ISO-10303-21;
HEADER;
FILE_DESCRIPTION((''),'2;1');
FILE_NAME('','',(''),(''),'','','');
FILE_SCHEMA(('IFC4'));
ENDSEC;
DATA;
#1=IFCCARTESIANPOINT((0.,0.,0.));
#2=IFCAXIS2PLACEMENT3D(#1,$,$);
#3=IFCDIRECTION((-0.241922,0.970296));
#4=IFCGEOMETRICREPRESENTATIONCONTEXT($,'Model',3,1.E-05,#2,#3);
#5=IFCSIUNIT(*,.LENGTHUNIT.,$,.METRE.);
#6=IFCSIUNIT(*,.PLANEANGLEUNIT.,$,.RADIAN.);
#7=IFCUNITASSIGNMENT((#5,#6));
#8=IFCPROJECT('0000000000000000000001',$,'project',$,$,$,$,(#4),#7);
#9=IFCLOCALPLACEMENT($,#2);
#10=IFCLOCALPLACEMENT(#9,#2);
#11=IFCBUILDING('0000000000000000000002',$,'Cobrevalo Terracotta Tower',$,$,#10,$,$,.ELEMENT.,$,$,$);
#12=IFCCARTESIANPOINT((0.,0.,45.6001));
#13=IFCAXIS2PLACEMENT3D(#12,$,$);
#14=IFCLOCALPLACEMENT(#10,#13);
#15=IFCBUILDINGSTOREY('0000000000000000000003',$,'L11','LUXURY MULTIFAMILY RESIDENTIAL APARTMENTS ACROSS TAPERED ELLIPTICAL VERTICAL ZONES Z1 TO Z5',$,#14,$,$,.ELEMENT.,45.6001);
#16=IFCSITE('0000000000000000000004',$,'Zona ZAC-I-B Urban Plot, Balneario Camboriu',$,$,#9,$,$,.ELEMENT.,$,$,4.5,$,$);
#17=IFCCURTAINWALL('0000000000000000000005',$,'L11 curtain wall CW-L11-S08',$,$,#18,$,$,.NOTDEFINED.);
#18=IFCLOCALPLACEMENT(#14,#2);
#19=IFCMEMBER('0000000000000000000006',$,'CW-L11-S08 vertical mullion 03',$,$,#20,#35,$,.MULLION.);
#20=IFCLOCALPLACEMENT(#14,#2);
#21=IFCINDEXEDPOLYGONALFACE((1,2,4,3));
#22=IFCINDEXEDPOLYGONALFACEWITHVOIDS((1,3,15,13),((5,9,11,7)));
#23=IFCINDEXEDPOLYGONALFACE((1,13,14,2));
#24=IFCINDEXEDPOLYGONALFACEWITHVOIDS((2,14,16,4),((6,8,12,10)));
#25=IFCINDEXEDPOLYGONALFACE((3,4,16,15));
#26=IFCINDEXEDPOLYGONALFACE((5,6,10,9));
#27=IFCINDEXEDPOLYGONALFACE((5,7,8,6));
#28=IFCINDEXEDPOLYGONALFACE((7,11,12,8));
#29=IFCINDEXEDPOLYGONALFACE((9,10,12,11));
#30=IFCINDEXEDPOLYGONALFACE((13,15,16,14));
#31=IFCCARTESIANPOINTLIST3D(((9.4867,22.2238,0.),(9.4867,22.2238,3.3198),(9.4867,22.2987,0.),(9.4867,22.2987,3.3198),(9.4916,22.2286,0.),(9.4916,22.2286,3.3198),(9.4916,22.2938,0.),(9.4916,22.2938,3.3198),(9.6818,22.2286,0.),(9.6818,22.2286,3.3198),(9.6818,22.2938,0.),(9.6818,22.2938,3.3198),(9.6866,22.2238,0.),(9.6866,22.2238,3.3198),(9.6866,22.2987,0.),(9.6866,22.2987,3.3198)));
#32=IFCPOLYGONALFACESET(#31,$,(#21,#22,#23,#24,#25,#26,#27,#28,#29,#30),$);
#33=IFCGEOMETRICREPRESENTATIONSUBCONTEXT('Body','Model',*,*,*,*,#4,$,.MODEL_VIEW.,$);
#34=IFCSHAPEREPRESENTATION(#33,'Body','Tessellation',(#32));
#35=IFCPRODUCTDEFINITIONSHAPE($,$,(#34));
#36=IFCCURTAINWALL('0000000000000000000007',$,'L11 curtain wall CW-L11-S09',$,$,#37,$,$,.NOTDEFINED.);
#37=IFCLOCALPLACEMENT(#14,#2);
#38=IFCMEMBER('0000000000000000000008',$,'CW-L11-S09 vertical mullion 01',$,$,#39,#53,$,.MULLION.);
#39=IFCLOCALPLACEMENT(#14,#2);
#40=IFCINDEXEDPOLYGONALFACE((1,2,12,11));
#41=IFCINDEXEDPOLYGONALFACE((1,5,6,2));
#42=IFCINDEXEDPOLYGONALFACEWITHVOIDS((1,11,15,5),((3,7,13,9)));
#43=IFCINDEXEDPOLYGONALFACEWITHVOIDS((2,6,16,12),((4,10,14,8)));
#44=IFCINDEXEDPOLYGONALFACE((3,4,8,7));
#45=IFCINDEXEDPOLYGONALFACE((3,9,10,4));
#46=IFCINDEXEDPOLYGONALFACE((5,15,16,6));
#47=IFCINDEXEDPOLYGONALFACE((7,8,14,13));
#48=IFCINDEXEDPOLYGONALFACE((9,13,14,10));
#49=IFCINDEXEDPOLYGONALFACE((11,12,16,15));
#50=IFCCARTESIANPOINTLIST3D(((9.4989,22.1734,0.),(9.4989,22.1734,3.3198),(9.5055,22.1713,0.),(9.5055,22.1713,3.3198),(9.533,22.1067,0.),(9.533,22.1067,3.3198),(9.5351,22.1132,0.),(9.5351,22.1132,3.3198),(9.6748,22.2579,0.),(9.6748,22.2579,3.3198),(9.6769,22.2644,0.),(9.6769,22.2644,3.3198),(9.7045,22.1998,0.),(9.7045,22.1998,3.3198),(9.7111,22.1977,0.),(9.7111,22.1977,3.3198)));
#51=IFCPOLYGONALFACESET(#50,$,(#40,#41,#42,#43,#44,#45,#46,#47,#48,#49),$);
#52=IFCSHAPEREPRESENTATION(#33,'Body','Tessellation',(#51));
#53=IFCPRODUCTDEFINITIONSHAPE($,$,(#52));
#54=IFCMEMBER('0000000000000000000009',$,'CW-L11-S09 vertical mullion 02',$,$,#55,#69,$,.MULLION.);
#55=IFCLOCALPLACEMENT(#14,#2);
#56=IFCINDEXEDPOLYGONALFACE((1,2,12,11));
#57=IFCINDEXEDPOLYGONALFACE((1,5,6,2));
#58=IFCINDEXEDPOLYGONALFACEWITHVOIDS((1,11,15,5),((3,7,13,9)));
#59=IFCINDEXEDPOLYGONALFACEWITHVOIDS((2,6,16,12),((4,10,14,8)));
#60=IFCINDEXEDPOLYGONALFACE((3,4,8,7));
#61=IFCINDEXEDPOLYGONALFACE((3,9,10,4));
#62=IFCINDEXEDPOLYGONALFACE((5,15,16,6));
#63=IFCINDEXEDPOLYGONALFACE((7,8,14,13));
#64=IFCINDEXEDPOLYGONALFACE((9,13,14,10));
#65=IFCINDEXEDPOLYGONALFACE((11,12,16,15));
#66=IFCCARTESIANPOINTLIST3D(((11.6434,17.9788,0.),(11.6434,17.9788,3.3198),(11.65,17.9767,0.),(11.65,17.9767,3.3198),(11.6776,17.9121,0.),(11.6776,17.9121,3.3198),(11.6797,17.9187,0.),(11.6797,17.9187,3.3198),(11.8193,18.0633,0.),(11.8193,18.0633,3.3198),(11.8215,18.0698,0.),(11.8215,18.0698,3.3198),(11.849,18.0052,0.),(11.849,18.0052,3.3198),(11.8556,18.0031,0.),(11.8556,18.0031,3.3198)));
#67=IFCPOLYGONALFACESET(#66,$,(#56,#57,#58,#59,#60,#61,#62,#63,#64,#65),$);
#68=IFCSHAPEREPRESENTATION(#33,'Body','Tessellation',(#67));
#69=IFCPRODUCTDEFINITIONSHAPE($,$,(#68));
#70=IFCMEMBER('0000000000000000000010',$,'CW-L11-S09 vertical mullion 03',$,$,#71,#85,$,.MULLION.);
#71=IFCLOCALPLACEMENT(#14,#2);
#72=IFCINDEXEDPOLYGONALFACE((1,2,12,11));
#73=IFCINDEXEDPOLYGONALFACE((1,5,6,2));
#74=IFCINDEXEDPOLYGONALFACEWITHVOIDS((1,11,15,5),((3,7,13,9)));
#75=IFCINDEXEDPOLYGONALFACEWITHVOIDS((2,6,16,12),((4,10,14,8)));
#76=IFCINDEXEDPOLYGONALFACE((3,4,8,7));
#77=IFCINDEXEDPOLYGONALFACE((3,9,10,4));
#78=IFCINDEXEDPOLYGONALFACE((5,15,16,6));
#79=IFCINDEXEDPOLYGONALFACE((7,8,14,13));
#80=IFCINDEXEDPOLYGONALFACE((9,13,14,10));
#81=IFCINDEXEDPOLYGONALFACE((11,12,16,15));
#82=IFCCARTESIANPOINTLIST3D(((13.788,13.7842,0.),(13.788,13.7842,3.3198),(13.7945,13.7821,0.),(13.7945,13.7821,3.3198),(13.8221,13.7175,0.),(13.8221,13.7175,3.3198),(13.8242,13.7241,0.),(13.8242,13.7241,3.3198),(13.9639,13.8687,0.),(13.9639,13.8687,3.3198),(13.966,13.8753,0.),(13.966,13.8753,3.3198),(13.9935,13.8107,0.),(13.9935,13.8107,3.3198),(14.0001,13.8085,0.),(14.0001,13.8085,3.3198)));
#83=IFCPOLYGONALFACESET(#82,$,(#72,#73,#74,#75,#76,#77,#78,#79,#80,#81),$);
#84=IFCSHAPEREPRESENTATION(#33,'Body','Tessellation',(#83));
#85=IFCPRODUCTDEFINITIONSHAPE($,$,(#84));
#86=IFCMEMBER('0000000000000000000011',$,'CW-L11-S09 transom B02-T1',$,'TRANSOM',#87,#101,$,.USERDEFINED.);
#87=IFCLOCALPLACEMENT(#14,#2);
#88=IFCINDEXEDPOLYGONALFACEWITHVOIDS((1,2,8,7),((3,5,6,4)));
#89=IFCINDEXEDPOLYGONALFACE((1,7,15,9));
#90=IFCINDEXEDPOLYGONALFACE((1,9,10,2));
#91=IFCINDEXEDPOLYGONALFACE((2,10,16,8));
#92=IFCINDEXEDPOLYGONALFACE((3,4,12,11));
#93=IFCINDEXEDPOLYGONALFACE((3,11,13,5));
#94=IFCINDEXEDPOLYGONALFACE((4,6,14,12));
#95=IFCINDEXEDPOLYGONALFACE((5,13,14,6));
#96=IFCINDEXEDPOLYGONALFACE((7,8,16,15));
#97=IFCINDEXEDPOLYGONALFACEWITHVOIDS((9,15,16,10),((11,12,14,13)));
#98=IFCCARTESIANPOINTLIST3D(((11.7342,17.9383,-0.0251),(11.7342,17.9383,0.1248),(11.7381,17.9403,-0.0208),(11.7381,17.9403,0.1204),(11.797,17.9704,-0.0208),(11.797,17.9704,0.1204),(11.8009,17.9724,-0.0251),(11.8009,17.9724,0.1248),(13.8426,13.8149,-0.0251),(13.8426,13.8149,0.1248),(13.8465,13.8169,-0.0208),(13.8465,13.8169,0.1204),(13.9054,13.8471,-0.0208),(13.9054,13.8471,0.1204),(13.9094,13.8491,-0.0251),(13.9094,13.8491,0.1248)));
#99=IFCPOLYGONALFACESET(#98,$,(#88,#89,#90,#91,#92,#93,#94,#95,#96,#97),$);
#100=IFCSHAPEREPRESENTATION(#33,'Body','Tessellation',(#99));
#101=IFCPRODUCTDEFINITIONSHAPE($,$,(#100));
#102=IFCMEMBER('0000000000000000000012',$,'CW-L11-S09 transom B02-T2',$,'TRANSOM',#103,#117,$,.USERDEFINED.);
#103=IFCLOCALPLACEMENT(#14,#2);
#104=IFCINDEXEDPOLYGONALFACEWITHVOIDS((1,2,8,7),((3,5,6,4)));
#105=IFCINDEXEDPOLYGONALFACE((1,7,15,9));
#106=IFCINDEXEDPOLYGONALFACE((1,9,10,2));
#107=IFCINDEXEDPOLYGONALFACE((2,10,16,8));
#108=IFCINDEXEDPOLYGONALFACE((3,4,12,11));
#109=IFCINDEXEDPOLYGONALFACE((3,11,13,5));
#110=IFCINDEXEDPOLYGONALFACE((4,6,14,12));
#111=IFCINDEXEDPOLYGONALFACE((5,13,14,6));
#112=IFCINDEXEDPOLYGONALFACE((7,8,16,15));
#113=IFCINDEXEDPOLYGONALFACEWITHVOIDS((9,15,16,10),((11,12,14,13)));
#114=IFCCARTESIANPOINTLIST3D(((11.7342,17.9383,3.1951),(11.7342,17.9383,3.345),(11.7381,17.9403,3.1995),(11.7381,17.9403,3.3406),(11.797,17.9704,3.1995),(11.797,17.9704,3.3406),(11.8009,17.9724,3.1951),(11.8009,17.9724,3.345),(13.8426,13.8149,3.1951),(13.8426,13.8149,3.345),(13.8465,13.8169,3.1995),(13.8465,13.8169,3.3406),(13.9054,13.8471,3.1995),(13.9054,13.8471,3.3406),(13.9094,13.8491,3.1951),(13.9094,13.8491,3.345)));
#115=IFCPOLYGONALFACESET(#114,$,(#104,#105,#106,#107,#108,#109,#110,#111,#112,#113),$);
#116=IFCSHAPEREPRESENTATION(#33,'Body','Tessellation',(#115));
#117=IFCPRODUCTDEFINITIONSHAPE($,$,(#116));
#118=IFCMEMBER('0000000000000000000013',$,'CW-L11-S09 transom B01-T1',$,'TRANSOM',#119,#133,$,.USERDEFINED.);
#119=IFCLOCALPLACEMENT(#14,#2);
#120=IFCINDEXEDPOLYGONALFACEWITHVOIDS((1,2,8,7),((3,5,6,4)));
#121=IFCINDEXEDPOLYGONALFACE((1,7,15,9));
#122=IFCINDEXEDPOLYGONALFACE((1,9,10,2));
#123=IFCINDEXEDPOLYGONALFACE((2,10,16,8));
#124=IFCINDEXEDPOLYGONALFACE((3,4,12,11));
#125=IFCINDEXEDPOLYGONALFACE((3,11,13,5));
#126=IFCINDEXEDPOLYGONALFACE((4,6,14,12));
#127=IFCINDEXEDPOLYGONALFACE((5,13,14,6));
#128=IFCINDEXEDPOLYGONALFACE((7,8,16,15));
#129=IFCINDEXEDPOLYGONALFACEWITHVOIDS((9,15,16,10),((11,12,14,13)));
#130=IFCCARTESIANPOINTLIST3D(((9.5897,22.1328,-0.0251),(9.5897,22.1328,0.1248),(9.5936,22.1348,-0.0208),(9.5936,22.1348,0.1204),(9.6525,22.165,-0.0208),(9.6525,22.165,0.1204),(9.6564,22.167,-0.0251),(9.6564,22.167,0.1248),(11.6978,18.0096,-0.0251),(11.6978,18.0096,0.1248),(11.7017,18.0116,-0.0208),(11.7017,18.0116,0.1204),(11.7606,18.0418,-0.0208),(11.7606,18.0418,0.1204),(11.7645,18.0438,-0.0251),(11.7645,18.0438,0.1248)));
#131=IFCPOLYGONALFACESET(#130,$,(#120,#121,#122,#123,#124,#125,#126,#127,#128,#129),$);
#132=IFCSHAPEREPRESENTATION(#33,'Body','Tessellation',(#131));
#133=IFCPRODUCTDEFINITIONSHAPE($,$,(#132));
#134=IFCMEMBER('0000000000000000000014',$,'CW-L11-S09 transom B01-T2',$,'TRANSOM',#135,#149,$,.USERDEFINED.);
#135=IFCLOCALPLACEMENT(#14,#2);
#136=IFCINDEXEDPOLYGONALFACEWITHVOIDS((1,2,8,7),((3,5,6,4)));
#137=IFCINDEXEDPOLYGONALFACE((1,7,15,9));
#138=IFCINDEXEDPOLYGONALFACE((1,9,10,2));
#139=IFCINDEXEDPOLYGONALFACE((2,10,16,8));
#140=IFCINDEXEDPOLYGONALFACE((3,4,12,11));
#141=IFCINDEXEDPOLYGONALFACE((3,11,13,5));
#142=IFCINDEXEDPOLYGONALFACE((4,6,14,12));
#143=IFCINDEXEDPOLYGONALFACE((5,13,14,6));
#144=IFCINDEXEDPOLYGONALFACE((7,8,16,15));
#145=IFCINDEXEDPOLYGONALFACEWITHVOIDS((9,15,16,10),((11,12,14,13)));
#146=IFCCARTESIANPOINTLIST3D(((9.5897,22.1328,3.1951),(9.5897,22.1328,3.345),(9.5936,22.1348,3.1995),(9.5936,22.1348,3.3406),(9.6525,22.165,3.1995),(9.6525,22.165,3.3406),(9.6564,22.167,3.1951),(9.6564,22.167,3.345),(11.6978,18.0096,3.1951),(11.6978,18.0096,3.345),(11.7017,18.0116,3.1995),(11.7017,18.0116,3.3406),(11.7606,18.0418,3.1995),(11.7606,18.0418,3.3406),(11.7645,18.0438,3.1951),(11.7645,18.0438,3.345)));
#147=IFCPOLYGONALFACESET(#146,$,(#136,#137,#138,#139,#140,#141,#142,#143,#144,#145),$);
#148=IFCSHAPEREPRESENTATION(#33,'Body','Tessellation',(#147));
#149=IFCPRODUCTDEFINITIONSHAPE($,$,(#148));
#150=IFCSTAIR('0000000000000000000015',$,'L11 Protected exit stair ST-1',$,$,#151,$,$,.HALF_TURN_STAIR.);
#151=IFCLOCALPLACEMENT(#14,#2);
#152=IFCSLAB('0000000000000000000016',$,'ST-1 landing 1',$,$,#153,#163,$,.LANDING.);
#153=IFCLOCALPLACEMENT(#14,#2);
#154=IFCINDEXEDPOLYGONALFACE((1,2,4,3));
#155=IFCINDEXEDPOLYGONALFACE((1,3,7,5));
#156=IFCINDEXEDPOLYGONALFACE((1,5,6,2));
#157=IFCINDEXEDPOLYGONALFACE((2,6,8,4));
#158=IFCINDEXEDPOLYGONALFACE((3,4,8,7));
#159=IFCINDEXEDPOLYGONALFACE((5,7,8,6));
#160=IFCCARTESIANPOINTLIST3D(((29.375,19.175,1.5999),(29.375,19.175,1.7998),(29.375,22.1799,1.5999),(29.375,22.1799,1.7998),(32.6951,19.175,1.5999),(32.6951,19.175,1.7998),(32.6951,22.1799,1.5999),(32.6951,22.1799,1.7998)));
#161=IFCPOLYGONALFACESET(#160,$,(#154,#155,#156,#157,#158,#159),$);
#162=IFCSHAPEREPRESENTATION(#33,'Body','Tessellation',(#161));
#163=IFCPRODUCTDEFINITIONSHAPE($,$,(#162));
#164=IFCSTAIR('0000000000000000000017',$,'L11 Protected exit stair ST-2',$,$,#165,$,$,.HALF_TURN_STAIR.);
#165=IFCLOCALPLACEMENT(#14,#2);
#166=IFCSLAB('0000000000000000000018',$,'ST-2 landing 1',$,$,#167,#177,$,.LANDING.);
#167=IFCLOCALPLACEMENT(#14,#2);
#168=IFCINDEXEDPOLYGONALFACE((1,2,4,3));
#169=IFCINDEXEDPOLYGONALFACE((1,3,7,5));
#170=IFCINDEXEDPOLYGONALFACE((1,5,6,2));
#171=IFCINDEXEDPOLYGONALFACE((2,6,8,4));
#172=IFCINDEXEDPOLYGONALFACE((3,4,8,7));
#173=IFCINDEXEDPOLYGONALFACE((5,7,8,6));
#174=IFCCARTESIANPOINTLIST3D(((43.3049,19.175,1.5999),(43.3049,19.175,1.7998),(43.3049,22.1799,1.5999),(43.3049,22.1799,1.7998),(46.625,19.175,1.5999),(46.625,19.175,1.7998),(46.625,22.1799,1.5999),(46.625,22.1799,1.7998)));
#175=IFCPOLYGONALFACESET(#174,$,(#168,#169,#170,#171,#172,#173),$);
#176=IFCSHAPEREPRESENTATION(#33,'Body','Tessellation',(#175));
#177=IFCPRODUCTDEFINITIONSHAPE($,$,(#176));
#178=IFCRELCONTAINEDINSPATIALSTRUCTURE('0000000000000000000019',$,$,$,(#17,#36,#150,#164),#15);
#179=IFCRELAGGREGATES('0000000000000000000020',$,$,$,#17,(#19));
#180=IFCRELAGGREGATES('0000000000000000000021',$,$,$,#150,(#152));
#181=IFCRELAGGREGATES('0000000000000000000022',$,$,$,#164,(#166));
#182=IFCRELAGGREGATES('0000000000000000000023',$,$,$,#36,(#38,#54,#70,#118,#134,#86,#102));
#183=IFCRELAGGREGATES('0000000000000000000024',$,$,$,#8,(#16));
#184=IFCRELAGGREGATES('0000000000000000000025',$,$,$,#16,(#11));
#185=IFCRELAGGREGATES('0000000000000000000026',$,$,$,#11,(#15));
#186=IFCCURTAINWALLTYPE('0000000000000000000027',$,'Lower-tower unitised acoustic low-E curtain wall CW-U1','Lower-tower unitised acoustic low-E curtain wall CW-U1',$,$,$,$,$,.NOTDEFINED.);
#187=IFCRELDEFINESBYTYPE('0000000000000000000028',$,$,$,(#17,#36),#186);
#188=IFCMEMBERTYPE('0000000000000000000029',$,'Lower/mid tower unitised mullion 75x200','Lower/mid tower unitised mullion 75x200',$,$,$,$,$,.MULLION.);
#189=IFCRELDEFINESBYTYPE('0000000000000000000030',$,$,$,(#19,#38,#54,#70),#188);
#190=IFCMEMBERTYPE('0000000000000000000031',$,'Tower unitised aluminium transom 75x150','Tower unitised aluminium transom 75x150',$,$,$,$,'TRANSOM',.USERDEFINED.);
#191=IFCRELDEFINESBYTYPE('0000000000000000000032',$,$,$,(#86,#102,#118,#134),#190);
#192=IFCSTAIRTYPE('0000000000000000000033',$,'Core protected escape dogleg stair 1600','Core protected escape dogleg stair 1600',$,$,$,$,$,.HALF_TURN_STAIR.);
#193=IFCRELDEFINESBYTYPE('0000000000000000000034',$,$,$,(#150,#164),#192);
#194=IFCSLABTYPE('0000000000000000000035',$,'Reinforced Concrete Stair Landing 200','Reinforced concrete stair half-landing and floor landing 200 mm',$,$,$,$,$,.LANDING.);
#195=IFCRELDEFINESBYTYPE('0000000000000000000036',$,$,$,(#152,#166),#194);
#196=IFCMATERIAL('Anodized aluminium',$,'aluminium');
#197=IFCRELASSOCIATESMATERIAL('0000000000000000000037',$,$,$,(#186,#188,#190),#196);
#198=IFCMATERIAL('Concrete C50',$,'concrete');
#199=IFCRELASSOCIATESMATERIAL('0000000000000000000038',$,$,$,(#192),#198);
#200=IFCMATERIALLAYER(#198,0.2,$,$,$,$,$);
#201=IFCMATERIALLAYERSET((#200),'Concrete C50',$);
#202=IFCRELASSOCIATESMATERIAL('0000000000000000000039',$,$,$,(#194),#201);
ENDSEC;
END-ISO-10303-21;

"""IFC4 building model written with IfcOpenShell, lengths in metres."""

from ifc_helpers import new_model, si_unit, direction, frame, origin, origin_2d, place, context, subcontext, project, spatial, polyline, hollow_rectangle, outline, extrude, source, transform, mapped, material, layer, layer_set, material_profile, profile_set, type_object, element, aggregate, save


model = new_model("IFC4")

# Units and contexts
model_context = context("Model", 3, precision=1e-05, world=origin(), true_north=direction((-0.241922, 0.970296)))
body_context = subcontext(model_context, "Body", "Model", "MODEL_VIEW")
ifc_project = project(units=[si_unit("LENGTHUNIT", "METRE"), si_unit("PLANEANGLEUNIT", "RADIAN")], contexts=[model_context])

# Site, building, storey
site_placement = place(None, origin())
site = spatial("IfcSite", under=ifc_project, at=site_placement, Name="Zona ZAC-I-B Urban Plot, Balneario Camboriu", CompositionType="ELEMENT", RefElevation=4.5)
building_placement = place(site_placement, origin())
building = spatial("IfcBuilding", under=site, at=building_placement, Name="Cobrevalo Terracotta Tower", CompositionType="ELEMENT")
storey_placement = place(building_placement, frame((0.0, 0.0, 45.6001)))
storey = spatial("IfcBuildingStorey", under=building, at=storey_placement, Name="L11", Description="LUXURY MULTIFAMILY RESIDENTIAL APARTMENTS ACROSS TAPERED ELLIPTICAL VERTICAL ZONES Z1 TO Z5", CompositionType="ELEMENT", Elevation=45.6001)

# Curtain wall, member
ifc_material_1 = material(Name="Anodized aluminium", Category="aluminium")
curtain_wall_type = type_object("IfcCurtainWallType", Name="Lower-tower unitised acoustic low-E curtain wall CW-U1", Description="Lower-tower unitised acoustic low-E curtain wall CW-U1", PredefinedType="NOTDEFINED", material=ifc_material_1)
curtain_wall_1_placement = place(storey_placement, origin())
curtain_wall_1 = element("IfcCurtainWall", 1, at=curtain_wall_1_placement, inside=storey, type_object=curtain_wall_type, Name="L11 curtain wall CW-L11-S08", PredefinedType="NOTDEFINED")
ifc_material_profile_1 = material_profile(ifc_material_1, hollow_rectangle(XDim=0.075, YDim=0.2, WallThickness=0.0049, at=origin_2d()), Name="CWM 75x200")
ifc_profile_set_1 = profile_set([ifc_material_profile_1], Name="Anodized aluminium")
member_type_1 = type_object("IfcMemberType", Name="Lower/mid tower unitised mullion 75x200", Description="Lower/mid tower unitised mullion 75x200", PredefinedType="MULLION", material=ifc_profile_set_1)
shared_shape_1 = source(origin(), body_context, "Body", "SweptSolid", [
    extrude(hollow_rectangle(XDim=0.075, YDim=0.2, WallThickness=0.0049, at=origin_2d()), origin(), (0.0, 0.0, 1.0), 3.3198),
])
member_1_placement = place(storey_placement, frame((9.5867, 22.2612, 0.0), z_axis=(0.0, 0.0, 1.0), x_axis=(0.0, -1.0, 0.0)))
member_1 = element("IfcMember", 2, at=member_1_placement, type_object=member_type_1, Name="CW-L11-S08 vertical mullion 03", PredefinedType="MULLION", context=body_context, shape_type="MappedRepresentation", body=[
    mapped(shared_shape_1, transform((0.0, 0.0, 0.0), scale=1.0)),
])
aggregate(curtain_wall_1, [member_1])

# Curtain wall, members
curtain_wall_2_placement = place(storey_placement, origin())
curtain_wall_2 = element("IfcCurtainWall", 3, at=curtain_wall_2_placement, inside=storey, type_object=curtain_wall_type, Name="L11 curtain wall CW-L11-S09", PredefinedType="NOTDEFINED")
member_2_placement = place(storey_placement, frame((9.605, 22.1855, 0.0), z_axis=(0.0, 0.0, 1.0), x_axis=(0.455234, -0.890372, 0.0)))
member_2 = element("IfcMember", 4, at=member_2_placement, type_object=member_type_1, Name="CW-L11-S09 vertical mullion 01", PredefinedType="MULLION", context=body_context, shape_type="MappedRepresentation", body=[
    mapped(shared_shape_1, transform((0.0, 0.0, 0.0), scale=1.0)),
])
member_3_placement = place(storey_placement, frame((11.7495, 17.991, 0.0), z_axis=(0.0, 0.0, 1.0), x_axis=(0.455234, -0.890372, 0.0)))
member_3 = element("IfcMember", 5, at=member_3_placement, type_object=member_type_1, Name="CW-L11-S09 vertical mullion 02", PredefinedType="MULLION", context=body_context, shape_type="MappedRepresentation", body=[
    mapped(shared_shape_1, transform((0.0, 0.0, 0.0), scale=1.0)),
])
member_4_placement = place(storey_placement, frame((13.894, 13.7964, 0.0), z_axis=(0.0, 0.0, 1.0), x_axis=(0.455234, -0.890372, 0.0)))
member_4 = element("IfcMember", 6, at=member_4_placement, type_object=member_type_1, Name="CW-L11-S09 vertical mullion 03", PredefinedType="MULLION", context=body_context, shape_type="MappedRepresentation", body=[
    mapped(shared_shape_1, transform((0.0, 0.0, 0.0), scale=1.0)),
])
ifc_material_profile_2 = material_profile(ifc_material_1, hollow_rectangle(XDim=0.075, YDim=0.1499, WallThickness=0.0044, at=origin_2d()), Name="CWT 75x150")
ifc_profile_set_2 = profile_set([ifc_material_profile_2], Name="Anodized aluminium")
member_type_2 = type_object("IfcMemberType", Name="Tower unitised aluminium transom 75x150", Description="Tower unitised aluminium transom 75x150", ElementType="TRANSOM", PredefinedType="USERDEFINED", material=ifc_profile_set_2)
shared_shape_2 = source(origin(), body_context, "Body", "SweptSolid", [
    extrude(hollow_rectangle(XDim=0.075, YDim=0.1499, WallThickness=0.0044, at=origin_2d()), origin(), (0.0, 0.0, 1.0), 4.6311),
])
member_5_placement = place(storey_placement, frame((11.7676, 17.9553, 0.0498), z_axis=(0.455272, -0.890353, 0.0), x_axis=(0.890353, 0.455272, 0.0)))
member_5 = element("IfcMember", 7, at=member_5_placement, type_object=member_type_2, Name="CW-L11-S09 transom B02-T1", ObjectType="TRANSOM", PredefinedType="USERDEFINED", context=body_context, shape_type="MappedRepresentation", body=[
    mapped(shared_shape_2, transform((0.0, 0.0, 0.0), scale=1.0)),
])
member_6_placement = place(storey_placement, frame((11.7676, 17.9553, 3.27), z_axis=(0.455272, -0.890353, 0.0), x_axis=(0.890353, 0.455272, 0.0)))
member_6 = element("IfcMember", 8, at=member_6_placement, type_object=member_type_2, Name="CW-L11-S09 transom B02-T2", ObjectType="TRANSOM", PredefinedType="USERDEFINED", context=body_context, shape_type="MappedRepresentation", body=[
    mapped(shared_shape_2, transform((0.0, 0.0, 0.0), scale=1.0)),
])
shared_shape_3 = source(origin(), body_context, "Body", "SweptSolid", [
    extrude(hollow_rectangle(XDim=0.075, YDim=0.1499, WallThickness=0.0044, at=origin_2d()), origin(), (0.0, 0.0, 1.0), 4.6309),
])
member_7_placement = place(storey_placement, frame((9.623, 22.1499, 0.0498), z_axis=(0.45523, -0.890374, 0.0), x_axis=(0.890374, 0.45523, 0.0)))
member_7 = element("IfcMember", 9, at=member_7_placement, type_object=member_type_2, Name="CW-L11-S09 transom B01-T1", ObjectType="TRANSOM", PredefinedType="USERDEFINED", context=body_context, shape_type="MappedRepresentation", body=[
    mapped(shared_shape_3, transform((0.0, 0.0, 0.0), scale=1.0)),
])
member_8_placement = place(storey_placement, frame((9.623, 22.1499, 3.27), z_axis=(0.45523, -0.890374, 0.0), x_axis=(0.890374, 0.45523, 0.0)))
member_8 = element("IfcMember", 10, at=member_8_placement, type_object=member_type_2, Name="CW-L11-S09 transom B01-T2", ObjectType="TRANSOM", PredefinedType="USERDEFINED", context=body_context, shape_type="MappedRepresentation", body=[
    mapped(shared_shape_3, transform((0.0, 0.0, 0.0), scale=1.0)),
])

# Stairs, slabs
ifc_material_2 = material(Name="Concrete C50", Category="concrete")
stair_type = type_object("IfcStairType", Name="Core protected escape dogleg stair 1600", Description="Core protected escape dogleg stair 1600", PredefinedType="HALF_TURN_STAIR", material=ifc_material_2)
stair_1_placement = place(storey_placement, origin())
stair_1 = element("IfcStair", 11, at=stair_1_placement, inside=storey, type_object=stair_type, Name="L11 Protected exit stair ST-1", PredefinedType="HALF_TURN_STAIR")
ifc_layer_1 = layer(ifc_material_2, 0.2)
ifc_layer_set_1 = layer_set([ifc_layer_1], Name="Concrete C50")
slab_type_1 = type_object("IfcSlabType", Name="Reinforced Concrete Stair Landing 200", Description="Reinforced concrete stair half-landing and floor landing 200 mm", PredefinedType="LANDING", material=ifc_layer_set_1)
slab_1_placement = place(storey_placement, frame((0.0, 0.0, 1.5999)))
slab_1 = element("IfcSlab", 12, at=slab_1_placement, type_object=slab_type_1, Name="ST-1 landing 1", PredefinedType="LANDING", context=body_context, shape_type="SweptSolid", body=[
    extrude(outline(polyline([(29.375, 22.1799), (29.375, 19.175), (32.6951, 19.175), (32.6951, 22.1799), (29.375, 22.1799)])), origin(), (0.0, 0.0, 1.0), 0.2),
])
aggregate(stair_1, [slab_1])
stair_2_placement = place(storey_placement, origin())
stair_2 = element("IfcStair", 13, at=stair_2_placement, inside=storey, type_object=stair_type, Name="L11 Protected exit stair ST-2", PredefinedType="HALF_TURN_STAIR")
slab_2_placement = place(storey_placement, frame((0.0, 0.0, 1.5999)))
slab_2 = element("IfcSlab", 14, at=slab_2_placement, type_object=slab_type_1, Name="ST-2 landing 1", PredefinedType="LANDING", context=body_context, shape_type="SweptSolid", body=[
    extrude(outline(polyline([(43.3049, 22.1799), (43.3049, 19.175), (46.625, 19.175), (46.625, 22.1799), (43.3049, 22.1799)])), origin(), (0.0, 0.0, 1.0), 0.2),
])
aggregate(stair_2, [slab_2])

aggregate(curtain_wall_2, [member_2, member_3, member_4, member_7, member_8, member_5, member_6])

save(model, "model.ifc")
